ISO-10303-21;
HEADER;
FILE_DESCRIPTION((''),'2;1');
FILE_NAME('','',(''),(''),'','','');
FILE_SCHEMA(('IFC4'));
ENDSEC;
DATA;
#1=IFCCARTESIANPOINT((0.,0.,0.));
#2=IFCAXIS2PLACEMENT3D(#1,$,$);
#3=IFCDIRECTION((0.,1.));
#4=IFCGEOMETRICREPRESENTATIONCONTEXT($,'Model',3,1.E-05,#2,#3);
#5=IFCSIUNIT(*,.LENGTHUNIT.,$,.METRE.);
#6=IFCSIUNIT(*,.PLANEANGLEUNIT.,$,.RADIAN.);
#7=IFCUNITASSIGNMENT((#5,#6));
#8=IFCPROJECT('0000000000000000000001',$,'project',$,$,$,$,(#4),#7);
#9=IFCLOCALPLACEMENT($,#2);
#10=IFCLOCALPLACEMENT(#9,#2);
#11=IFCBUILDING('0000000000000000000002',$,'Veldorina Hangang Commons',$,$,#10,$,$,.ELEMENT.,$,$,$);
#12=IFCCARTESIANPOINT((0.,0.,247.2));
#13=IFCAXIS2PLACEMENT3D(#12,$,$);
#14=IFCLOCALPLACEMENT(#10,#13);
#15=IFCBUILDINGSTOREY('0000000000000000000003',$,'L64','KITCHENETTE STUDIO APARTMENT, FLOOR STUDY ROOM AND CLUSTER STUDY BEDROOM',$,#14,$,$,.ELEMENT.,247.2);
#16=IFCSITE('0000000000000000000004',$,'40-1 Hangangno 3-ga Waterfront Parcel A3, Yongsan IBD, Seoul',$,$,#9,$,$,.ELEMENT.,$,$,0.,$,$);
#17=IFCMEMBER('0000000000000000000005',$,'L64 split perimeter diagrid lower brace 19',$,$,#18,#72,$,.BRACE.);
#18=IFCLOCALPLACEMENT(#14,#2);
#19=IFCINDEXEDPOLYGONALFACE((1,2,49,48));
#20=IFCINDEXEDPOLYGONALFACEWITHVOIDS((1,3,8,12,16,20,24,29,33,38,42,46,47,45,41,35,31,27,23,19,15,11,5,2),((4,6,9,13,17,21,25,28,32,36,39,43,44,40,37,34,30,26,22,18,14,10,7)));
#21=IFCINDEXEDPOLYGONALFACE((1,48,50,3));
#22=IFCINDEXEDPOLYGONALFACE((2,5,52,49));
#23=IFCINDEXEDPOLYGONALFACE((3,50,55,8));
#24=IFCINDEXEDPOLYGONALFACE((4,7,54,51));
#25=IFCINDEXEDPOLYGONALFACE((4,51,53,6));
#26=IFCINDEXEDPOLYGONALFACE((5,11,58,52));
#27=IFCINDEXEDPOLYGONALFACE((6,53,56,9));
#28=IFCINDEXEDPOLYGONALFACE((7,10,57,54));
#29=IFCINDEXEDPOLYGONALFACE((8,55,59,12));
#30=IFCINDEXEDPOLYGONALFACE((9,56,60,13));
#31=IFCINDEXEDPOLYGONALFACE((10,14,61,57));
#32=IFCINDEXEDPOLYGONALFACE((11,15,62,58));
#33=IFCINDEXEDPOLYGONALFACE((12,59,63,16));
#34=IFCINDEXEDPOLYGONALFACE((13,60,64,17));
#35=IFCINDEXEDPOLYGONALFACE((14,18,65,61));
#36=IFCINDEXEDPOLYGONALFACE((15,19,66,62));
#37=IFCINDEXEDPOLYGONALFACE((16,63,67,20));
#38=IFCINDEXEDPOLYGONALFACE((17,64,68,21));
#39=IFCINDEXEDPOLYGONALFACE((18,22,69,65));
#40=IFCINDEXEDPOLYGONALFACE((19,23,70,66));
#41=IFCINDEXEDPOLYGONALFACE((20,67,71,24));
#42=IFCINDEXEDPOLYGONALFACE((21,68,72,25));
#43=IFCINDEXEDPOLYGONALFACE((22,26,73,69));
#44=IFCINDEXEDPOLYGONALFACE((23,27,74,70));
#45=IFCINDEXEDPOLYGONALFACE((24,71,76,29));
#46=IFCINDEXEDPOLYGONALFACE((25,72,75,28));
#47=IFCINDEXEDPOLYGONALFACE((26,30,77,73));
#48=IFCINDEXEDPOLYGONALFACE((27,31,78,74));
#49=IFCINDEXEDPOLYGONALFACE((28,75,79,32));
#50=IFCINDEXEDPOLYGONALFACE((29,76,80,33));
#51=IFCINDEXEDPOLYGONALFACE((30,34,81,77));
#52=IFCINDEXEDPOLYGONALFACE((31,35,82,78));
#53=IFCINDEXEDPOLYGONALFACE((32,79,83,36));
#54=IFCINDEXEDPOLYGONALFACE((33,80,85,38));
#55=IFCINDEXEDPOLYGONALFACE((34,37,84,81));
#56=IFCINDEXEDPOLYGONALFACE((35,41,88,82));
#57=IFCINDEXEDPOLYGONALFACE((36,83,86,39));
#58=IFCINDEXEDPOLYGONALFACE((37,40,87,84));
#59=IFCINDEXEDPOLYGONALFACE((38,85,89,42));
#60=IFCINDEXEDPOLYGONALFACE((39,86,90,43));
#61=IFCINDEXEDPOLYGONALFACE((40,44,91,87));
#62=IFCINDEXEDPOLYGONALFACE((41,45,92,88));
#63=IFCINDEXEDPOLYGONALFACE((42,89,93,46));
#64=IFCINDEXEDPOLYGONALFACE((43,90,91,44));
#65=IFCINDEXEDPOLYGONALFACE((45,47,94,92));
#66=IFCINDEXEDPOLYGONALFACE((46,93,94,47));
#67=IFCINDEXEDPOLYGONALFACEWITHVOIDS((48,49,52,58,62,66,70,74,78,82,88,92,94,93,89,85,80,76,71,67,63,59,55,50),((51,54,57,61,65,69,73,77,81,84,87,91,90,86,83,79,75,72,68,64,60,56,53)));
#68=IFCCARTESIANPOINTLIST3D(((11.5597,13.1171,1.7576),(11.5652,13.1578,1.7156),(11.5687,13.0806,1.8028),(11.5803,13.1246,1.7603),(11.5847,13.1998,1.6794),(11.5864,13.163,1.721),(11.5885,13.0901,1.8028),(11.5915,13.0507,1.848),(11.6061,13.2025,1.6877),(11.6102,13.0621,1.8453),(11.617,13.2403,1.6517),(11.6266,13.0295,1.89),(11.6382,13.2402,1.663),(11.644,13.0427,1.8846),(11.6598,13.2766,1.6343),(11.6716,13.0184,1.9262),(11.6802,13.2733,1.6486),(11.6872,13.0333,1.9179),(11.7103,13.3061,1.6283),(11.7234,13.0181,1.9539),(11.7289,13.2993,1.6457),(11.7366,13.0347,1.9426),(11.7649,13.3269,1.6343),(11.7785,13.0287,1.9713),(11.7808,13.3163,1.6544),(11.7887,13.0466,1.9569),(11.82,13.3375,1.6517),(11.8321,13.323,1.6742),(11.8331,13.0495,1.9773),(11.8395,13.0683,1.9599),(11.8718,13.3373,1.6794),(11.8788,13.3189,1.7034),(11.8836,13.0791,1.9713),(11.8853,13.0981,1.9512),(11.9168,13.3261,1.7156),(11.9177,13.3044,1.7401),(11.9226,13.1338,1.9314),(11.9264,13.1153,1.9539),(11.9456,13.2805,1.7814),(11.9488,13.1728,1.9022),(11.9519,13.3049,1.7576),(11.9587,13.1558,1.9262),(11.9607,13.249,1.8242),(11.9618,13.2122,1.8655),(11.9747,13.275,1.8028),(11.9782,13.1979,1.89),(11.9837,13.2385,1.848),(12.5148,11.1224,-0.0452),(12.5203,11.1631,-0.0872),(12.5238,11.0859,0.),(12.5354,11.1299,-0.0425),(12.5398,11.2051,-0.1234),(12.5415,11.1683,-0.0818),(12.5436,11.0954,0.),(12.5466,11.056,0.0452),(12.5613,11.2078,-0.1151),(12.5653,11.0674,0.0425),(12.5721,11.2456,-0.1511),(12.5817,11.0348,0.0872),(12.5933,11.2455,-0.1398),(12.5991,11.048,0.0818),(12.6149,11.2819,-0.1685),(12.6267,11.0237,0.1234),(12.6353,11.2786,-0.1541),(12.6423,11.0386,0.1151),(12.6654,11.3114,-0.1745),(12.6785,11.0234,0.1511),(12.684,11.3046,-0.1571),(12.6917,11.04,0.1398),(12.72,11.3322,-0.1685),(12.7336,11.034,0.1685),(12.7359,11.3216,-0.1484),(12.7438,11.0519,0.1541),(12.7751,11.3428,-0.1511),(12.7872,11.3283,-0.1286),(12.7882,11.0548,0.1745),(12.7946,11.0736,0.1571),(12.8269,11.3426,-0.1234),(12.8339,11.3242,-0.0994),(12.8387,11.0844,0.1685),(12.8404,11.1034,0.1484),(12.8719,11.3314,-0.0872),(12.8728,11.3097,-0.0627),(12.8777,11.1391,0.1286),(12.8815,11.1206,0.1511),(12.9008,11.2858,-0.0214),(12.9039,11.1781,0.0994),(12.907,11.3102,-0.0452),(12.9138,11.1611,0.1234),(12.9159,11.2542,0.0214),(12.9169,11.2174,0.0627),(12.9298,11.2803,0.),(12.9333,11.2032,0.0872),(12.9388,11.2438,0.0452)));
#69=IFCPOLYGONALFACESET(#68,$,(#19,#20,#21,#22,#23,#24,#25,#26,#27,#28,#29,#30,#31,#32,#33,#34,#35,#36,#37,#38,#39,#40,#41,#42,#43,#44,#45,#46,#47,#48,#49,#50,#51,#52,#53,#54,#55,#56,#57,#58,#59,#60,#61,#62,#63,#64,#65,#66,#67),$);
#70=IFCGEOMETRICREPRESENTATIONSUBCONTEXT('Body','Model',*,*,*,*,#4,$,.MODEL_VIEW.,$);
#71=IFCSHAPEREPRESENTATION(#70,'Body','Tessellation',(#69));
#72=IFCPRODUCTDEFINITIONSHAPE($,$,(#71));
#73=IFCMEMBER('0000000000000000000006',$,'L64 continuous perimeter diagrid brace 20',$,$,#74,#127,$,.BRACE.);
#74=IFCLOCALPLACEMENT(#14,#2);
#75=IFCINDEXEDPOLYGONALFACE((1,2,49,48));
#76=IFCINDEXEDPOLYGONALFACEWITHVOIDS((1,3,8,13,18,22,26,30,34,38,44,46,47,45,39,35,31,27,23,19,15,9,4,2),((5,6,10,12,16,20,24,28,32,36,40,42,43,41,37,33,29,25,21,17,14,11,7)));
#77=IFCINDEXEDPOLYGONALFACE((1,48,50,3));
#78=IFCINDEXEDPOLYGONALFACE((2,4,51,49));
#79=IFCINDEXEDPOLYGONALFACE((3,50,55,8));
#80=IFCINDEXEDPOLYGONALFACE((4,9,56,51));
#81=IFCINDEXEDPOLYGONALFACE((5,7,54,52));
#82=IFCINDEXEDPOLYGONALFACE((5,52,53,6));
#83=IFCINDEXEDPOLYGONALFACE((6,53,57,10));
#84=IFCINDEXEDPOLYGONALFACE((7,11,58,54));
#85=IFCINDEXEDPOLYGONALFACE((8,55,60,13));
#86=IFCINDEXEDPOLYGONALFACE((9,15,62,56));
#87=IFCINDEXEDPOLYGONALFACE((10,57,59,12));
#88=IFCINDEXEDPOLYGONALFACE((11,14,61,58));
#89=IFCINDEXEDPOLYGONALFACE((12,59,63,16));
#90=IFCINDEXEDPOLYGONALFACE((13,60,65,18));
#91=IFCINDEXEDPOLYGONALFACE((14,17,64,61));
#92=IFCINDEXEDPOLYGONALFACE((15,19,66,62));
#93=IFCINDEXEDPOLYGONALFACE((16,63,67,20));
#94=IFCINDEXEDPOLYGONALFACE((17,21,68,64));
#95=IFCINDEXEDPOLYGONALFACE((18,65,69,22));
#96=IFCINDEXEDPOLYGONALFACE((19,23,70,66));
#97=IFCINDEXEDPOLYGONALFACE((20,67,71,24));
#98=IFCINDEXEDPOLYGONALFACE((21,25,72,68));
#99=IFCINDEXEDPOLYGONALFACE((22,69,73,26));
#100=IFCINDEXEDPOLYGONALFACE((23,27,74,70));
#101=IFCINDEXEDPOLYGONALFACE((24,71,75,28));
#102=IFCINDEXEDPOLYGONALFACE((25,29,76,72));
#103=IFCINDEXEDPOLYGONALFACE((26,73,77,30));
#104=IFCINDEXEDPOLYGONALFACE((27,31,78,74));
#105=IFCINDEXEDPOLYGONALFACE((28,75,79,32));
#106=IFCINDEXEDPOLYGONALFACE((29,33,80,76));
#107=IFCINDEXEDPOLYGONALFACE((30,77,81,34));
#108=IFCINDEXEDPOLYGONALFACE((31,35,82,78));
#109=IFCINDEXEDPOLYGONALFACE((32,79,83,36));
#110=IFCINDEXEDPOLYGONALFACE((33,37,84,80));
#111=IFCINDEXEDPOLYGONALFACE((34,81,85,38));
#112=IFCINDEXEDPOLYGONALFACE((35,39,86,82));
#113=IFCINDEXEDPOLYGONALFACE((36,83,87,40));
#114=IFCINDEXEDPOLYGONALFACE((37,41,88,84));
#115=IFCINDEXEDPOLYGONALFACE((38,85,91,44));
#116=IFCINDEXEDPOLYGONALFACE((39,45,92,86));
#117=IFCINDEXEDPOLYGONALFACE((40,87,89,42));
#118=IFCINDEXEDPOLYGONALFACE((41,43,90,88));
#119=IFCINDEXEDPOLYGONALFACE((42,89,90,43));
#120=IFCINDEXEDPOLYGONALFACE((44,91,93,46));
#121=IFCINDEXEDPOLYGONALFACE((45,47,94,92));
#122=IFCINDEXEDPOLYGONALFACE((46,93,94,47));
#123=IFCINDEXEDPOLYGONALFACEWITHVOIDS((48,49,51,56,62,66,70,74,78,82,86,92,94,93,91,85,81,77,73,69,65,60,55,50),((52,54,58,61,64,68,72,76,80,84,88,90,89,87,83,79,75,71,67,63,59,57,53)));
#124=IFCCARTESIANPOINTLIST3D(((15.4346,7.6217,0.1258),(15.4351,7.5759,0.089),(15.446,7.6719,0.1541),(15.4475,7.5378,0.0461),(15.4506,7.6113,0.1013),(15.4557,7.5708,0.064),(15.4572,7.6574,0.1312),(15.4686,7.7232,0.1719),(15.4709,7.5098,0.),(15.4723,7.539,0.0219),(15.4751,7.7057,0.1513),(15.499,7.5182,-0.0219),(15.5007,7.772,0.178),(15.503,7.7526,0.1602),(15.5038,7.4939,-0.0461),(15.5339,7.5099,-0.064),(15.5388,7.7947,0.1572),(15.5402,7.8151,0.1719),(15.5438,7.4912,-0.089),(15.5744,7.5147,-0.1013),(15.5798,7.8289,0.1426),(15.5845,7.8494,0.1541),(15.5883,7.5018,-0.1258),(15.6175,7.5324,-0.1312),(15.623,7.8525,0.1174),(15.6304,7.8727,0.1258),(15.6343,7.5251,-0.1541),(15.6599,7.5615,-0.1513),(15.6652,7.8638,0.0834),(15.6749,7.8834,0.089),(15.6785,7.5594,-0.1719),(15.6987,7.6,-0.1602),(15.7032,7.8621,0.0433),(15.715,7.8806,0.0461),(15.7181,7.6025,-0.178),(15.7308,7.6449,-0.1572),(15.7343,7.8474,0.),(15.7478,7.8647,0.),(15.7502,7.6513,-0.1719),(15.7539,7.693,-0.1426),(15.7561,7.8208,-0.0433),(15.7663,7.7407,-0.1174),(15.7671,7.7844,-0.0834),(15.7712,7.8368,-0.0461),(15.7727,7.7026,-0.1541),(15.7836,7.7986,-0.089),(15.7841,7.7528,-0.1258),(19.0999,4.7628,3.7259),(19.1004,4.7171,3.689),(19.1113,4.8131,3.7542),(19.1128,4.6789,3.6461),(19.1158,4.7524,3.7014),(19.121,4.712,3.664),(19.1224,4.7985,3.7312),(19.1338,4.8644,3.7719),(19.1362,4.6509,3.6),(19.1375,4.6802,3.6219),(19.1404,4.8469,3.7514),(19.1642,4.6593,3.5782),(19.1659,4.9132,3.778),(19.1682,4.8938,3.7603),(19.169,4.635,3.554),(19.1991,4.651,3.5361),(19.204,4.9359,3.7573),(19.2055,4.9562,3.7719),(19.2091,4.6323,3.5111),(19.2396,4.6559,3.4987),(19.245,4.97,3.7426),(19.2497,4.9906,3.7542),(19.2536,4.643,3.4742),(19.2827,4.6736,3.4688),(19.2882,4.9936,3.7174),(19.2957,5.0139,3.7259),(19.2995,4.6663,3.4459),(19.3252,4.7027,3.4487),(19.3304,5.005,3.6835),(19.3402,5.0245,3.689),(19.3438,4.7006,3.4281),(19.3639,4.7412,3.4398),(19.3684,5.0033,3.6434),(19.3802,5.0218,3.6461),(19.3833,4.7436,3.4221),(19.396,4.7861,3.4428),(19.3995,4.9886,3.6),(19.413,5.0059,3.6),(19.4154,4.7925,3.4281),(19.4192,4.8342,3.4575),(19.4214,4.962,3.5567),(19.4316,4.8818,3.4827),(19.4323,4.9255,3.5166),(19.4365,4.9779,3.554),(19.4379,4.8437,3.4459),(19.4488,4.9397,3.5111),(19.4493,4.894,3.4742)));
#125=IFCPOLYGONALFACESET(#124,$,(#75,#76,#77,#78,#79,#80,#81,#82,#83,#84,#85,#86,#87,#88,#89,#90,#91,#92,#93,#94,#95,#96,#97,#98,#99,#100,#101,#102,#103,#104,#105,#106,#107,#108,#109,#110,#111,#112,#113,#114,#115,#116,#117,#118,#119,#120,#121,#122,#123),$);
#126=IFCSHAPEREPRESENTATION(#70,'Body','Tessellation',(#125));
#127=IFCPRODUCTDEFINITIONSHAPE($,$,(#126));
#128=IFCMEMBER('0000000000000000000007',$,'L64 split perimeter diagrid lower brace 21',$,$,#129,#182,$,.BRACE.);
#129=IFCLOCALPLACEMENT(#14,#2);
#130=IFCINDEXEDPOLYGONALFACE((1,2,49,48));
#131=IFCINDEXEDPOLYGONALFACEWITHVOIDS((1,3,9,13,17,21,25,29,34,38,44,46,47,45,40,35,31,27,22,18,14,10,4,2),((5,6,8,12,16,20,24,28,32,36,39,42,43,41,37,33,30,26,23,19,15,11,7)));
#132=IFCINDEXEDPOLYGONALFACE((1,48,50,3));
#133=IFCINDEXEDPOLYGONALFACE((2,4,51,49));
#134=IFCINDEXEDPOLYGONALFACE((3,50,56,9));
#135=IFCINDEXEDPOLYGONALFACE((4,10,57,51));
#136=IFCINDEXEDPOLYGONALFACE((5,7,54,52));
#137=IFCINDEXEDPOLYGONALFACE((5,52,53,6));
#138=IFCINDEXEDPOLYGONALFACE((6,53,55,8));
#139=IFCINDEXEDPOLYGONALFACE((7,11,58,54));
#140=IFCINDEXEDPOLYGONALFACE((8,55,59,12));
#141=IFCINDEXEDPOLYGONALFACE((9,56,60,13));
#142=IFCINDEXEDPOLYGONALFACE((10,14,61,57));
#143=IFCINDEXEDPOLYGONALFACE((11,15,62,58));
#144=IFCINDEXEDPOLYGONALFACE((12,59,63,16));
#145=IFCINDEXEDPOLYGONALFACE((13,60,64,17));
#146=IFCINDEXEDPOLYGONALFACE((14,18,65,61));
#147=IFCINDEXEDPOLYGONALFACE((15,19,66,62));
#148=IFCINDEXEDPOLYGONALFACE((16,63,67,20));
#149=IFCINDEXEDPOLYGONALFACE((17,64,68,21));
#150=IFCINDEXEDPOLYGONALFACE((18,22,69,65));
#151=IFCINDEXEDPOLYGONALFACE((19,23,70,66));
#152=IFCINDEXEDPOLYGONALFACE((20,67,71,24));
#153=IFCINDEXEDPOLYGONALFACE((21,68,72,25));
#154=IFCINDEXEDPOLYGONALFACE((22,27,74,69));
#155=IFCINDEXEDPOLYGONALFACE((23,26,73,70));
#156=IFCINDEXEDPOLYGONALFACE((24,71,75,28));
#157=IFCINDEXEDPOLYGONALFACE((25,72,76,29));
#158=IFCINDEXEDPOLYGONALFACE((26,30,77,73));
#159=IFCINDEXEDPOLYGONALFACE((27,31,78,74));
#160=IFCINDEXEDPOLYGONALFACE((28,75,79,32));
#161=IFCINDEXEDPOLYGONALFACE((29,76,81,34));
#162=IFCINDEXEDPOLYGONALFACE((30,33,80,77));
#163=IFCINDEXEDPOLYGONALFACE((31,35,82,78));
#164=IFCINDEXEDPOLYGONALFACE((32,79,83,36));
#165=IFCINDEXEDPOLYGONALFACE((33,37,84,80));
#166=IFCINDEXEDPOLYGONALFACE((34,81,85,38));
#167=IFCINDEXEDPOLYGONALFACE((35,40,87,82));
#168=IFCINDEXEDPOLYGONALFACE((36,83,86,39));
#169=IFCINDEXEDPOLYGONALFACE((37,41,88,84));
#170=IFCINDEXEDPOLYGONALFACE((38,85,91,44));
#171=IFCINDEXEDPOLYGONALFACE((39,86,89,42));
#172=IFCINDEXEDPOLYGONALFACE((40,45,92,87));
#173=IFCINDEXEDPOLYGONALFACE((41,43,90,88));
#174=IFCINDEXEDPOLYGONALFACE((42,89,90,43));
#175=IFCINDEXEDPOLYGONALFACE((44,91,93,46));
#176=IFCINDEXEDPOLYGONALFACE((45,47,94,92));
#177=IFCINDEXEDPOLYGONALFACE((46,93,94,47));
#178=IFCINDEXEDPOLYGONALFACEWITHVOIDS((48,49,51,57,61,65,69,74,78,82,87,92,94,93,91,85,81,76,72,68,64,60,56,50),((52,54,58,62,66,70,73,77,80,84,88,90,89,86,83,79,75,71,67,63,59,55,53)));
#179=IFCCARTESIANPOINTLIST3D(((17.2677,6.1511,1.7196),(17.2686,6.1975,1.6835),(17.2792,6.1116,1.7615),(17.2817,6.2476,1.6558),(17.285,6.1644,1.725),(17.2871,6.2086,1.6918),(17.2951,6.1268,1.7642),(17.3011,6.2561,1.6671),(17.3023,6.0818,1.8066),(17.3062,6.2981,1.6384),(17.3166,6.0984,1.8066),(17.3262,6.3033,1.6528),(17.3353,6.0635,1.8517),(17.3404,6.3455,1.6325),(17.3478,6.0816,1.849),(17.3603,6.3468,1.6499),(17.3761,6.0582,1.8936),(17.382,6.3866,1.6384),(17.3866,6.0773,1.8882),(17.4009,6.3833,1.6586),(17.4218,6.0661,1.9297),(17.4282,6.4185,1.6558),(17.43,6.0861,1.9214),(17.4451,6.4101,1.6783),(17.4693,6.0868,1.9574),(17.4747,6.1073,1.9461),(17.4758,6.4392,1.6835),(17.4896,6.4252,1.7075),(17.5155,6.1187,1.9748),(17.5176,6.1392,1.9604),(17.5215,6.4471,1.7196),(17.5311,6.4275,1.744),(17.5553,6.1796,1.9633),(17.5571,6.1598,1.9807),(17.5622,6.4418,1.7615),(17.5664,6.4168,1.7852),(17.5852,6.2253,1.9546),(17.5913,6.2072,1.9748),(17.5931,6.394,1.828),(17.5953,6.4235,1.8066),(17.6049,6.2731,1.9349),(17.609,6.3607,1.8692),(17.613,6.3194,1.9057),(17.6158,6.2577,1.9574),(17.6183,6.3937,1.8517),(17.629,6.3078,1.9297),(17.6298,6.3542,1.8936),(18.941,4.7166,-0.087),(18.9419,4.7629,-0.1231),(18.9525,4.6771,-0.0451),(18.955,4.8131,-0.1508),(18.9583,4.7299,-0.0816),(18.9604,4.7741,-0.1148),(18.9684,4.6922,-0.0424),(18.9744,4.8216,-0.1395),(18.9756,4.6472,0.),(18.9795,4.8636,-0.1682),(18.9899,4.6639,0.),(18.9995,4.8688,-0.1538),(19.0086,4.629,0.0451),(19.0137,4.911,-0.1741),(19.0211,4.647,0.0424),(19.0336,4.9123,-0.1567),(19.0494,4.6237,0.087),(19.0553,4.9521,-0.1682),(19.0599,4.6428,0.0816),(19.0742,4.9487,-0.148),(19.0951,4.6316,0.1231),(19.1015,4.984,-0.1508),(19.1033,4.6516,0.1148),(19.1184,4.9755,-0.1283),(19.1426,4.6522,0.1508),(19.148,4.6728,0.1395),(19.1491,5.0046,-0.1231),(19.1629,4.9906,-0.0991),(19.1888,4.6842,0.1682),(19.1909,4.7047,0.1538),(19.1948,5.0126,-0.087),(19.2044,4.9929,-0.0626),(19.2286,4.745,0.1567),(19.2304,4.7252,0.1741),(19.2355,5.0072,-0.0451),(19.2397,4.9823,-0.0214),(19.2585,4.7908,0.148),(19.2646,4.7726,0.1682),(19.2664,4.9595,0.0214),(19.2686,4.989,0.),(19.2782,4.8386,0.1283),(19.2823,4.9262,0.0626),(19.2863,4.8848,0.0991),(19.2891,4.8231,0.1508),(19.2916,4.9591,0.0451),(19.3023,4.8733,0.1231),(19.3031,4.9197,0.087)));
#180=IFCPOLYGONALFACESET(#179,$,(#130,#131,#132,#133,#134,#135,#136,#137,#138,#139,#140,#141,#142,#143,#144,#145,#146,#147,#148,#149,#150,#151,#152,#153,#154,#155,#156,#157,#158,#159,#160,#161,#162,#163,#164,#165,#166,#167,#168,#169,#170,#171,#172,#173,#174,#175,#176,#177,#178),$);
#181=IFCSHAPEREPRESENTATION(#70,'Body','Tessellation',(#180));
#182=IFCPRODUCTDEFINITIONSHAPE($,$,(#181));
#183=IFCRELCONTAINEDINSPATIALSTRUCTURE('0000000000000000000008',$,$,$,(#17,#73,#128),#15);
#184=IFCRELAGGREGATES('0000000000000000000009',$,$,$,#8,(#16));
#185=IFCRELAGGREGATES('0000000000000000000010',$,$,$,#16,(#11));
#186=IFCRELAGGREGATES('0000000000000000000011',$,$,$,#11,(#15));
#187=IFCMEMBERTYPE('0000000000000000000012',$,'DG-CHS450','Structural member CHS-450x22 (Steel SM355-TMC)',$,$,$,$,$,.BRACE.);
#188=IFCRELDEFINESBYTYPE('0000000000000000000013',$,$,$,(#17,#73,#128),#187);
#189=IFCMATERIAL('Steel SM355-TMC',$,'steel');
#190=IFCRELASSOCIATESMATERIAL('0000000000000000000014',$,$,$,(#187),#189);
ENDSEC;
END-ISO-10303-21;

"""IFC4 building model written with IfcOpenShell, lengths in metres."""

from ifc_helpers import new_model, si_unit, direction, frame, origin, origin_2d, place, context, subcontext, project, spatial, hollow_circle, extrude, material, material_profile, profile_set, type_object, element, save


model = new_model("IFC4")

# Units and contexts
model_context = context("Model", 3, precision=1e-05, world=origin(), true_north=direction((0.0, 1.0)))
body_context = subcontext(model_context, "Body", "Model", "MODEL_VIEW")
ifc_project = project(units=[si_unit("LENGTHUNIT", "METRE"), si_unit("PLANEANGLEUNIT", "RADIAN")], contexts=[model_context])

# Site, building, storey
site_placement = place(None, origin())
site = spatial("IfcSite", under=ifc_project, at=site_placement, Name="40-1 Hangangno 3-ga Waterfront Parcel A3, Yongsan IBD, Seoul", CompositionType="ELEMENT", RefElevation=0.0)
building_placement = place(site_placement, origin())
building = spatial("IfcBuilding", under=site, at=building_placement, Name="Veldorina Hangang Commons", CompositionType="ELEMENT")
storey_placement = place(building_placement, frame((0.0, 0.0, 247.2)))
storey = spatial("IfcBuildingStorey", under=building, at=storey_placement, Name="L64", Description="KITCHENETTE STUDIO APARTMENT, FLOOR STUDY ROOM AND CLUSTER STUDY BEDROOM", CompositionType="ELEMENT", Elevation=247.2)

# Shared definitions
ifc_material_1 = material(Name="Steel SM355-TMC", Category="steel")

# Members
ifc_material_profile_1 = material_profile(ifc_material_1, hollow_circle(Radius=0.2251, WallThickness=0.022, at=origin_2d()), Name="CHS-450x22")
ifc_profile_set_1 = profile_set([ifc_material_profile_1], Name="Steel SM355-TMC")
member_type_1 = type_object("IfcMemberType", Name="DG-CHS450", Description="Structural member CHS-450x22 (Steel SM355-TMC)", PredefinedType="BRACE", material=ifc_profile_set_1)
member_1_placement = place(storey_placement, frame((12.7268, 11.1831, 0.0), z_axis=(-0.334743, 0.699093, 0.631836), x_axis=(-0.901936, -0.43187, 0.0)))
element("IfcMember", 1, at=member_1_placement, inside=storey, type_object=member_type_1, Name="L64 split perimeter diagrid lower brace 19", PredefinedType="BRACE", context=body_context, shape_type="SweptSolid", body=[
    extrude(hollow_circle(Radius=0.2251, WallThickness=0.022, at=origin_2d()), origin(), (0.0, 0.0, 1.0), 2.8533),
])
member_2_placement = place(storey_placement, frame((15.6094, 7.6873, 0.0), z_axis=(0.623403, -0.486249, 0.612316), x_axis=(0.615027, 0.788506, 0.0)))
element("IfcMember", 2, at=member_2_placement, inside=storey, type_object=member_type_1, Name="L64 continuous perimeter diagrid brace 20", PredefinedType="BRACE", context=body_context, shape_type="SweptSolid", body=[
    extrude(hollow_circle(Radius=0.2251, WallThickness=0.022, at=origin_2d()), origin(), (0.0, 0.0, 1.0), 5.8794),
])
member_3_placement = place(storey_placement, frame((19.1221, 4.8181, 0.0), z_axis=(-0.587155, 0.503373, 0.633928), x_axis=(-0.650864, -0.759194, 0.0)))
element("IfcMember", 3, at=member_3_placement, inside=storey, type_object=member_type_1, Name="L64 split perimeter diagrid lower brace 21", PredefinedType="BRACE", context=body_context, shape_type="SweptSolid", body=[
    extrude(hollow_circle(Radius=0.2251, WallThickness=0.022, at=origin_2d()), origin(), (0.0, 0.0, 1.0), 2.8499),
])

save(model, "model.ifc")
